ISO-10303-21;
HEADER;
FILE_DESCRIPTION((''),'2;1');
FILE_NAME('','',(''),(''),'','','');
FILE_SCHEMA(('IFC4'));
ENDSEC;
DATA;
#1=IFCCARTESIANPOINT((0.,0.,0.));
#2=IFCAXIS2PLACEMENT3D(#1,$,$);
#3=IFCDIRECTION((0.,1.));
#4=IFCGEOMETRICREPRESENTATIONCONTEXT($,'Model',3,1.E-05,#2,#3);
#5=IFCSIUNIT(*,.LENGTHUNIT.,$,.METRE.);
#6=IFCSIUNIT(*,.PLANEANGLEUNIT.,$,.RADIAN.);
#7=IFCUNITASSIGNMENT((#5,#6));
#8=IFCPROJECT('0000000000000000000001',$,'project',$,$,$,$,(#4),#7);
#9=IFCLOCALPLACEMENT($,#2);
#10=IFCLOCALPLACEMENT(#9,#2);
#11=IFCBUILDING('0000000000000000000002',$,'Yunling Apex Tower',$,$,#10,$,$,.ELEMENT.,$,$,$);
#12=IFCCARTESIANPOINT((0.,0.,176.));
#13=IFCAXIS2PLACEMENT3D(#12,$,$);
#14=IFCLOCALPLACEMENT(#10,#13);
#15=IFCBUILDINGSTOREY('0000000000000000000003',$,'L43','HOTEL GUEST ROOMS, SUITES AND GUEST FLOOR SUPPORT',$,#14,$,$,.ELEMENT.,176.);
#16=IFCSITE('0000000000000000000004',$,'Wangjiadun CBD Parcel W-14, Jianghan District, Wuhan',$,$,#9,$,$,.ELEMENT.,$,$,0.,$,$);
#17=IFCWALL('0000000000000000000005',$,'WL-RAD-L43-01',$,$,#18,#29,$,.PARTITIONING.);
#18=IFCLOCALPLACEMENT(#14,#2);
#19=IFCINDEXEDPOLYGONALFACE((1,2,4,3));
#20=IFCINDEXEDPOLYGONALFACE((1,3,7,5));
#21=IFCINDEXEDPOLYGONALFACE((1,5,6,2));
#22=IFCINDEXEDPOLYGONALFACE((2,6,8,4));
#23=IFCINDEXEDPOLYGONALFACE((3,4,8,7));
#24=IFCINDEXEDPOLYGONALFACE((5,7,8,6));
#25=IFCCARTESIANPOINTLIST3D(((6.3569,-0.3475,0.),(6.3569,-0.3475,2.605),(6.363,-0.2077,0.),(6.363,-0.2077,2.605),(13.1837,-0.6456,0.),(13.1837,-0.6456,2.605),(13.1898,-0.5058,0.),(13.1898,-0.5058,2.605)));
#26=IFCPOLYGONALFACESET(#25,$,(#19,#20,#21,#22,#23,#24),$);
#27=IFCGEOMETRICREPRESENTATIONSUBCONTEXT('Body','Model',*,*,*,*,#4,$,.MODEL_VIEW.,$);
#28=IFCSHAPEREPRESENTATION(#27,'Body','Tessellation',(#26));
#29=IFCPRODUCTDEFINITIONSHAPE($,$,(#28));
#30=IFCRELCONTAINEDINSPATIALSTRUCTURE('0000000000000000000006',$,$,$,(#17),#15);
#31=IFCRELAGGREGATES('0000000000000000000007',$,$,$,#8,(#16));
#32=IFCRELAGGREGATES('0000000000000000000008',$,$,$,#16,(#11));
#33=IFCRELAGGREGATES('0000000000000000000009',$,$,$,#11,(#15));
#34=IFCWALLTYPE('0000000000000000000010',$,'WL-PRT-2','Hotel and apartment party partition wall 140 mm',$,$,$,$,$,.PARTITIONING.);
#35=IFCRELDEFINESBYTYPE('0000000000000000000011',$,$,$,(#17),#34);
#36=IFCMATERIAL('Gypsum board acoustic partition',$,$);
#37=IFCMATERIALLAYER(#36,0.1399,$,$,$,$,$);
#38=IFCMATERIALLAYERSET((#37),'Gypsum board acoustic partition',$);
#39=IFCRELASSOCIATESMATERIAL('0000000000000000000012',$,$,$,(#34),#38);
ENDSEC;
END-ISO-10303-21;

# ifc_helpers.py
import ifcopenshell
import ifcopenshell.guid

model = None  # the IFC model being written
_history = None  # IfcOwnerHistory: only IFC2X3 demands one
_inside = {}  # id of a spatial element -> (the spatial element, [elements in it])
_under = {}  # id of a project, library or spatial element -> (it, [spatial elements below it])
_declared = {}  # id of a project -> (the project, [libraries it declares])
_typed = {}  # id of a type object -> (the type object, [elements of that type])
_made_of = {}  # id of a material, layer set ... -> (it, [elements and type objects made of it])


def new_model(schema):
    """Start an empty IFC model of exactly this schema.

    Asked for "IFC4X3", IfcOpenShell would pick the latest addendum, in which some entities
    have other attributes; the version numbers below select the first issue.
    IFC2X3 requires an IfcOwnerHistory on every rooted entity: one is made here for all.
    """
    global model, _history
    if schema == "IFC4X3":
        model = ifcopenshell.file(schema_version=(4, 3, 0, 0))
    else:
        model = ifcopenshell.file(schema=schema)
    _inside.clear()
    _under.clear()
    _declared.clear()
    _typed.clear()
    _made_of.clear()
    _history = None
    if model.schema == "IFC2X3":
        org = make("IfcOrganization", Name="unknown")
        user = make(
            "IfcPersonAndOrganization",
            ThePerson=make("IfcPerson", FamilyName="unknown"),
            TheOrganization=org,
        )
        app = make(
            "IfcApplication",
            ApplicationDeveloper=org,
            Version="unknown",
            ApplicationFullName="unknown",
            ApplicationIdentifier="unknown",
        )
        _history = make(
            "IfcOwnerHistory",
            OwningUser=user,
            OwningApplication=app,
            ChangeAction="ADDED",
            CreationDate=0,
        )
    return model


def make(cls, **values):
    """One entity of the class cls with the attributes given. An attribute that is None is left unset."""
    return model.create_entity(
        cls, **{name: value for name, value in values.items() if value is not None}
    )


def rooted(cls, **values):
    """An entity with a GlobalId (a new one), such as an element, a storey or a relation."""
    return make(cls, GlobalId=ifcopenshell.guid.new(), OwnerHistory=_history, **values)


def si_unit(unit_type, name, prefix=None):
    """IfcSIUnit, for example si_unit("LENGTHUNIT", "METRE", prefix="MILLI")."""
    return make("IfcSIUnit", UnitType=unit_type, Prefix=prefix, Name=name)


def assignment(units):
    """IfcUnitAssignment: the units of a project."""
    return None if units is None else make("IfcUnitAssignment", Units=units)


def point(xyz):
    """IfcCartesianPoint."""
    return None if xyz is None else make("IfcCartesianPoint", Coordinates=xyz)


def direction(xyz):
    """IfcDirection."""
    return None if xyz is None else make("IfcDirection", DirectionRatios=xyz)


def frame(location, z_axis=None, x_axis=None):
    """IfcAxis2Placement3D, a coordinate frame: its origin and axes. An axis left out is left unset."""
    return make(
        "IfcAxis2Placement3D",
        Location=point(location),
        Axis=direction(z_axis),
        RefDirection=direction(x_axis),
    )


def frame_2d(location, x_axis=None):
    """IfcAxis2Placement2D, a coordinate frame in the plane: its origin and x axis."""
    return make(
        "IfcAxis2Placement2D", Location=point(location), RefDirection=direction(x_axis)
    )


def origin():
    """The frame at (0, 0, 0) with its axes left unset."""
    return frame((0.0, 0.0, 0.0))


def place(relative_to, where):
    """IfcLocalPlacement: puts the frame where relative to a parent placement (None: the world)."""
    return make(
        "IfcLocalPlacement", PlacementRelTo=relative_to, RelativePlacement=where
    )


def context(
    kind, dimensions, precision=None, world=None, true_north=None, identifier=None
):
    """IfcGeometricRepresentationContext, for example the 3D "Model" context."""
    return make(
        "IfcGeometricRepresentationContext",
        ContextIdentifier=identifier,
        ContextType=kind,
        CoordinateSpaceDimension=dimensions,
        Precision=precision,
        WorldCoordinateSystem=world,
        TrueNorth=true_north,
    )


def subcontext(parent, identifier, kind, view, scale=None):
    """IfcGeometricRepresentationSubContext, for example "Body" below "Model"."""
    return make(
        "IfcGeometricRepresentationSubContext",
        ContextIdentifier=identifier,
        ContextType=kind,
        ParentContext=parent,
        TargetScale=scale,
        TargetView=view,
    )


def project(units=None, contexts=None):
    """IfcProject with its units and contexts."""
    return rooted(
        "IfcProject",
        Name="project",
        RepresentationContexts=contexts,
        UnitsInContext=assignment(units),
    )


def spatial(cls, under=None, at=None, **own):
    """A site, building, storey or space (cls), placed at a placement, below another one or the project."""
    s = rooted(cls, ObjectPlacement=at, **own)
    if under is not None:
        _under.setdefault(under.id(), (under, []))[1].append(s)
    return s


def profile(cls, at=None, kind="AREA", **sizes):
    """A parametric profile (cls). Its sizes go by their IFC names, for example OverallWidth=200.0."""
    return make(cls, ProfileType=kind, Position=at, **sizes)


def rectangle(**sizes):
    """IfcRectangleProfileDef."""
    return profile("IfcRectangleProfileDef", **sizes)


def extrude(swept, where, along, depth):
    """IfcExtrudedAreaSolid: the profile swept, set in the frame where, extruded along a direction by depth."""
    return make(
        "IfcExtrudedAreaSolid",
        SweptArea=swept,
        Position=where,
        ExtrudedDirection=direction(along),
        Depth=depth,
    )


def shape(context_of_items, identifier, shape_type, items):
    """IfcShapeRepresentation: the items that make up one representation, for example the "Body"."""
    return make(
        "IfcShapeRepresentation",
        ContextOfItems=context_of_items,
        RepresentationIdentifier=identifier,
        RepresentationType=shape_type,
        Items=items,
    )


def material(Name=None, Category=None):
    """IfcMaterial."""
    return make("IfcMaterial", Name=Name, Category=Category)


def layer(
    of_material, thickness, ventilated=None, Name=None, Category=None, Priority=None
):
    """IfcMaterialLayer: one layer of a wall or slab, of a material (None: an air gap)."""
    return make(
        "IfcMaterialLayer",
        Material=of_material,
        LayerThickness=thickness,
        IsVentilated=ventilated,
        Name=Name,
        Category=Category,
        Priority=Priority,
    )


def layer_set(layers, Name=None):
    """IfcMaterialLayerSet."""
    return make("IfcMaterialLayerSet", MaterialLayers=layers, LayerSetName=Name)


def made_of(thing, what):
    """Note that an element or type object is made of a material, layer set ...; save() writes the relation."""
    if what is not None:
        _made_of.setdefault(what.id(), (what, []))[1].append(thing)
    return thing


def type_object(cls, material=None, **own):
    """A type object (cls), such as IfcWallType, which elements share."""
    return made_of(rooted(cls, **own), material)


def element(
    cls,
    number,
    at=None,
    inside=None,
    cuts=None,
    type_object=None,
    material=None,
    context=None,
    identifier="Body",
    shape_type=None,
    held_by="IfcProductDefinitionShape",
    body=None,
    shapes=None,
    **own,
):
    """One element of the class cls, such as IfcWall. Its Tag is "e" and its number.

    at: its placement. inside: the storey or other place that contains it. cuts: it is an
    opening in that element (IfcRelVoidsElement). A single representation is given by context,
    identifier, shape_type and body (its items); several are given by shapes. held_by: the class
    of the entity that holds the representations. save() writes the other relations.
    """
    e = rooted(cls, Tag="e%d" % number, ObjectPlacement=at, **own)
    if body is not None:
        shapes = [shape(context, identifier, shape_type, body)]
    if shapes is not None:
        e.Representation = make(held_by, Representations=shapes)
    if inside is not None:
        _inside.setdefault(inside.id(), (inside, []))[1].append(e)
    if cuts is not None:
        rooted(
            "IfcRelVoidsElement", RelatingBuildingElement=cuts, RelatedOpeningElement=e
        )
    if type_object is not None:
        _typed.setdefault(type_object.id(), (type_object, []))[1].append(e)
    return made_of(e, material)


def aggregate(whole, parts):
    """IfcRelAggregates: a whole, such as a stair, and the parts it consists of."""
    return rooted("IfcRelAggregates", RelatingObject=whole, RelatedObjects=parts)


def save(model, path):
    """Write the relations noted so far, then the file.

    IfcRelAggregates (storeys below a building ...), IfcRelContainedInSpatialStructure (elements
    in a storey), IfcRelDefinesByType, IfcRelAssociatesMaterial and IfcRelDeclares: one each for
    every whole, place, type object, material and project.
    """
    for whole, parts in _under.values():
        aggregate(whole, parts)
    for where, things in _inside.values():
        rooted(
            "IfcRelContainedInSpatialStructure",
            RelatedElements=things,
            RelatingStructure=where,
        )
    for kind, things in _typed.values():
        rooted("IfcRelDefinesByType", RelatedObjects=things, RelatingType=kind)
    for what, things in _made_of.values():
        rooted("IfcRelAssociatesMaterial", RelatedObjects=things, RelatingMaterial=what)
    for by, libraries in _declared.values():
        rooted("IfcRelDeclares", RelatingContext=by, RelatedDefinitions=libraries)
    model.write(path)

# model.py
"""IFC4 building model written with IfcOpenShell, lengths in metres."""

from ifc_helpers import new_model, si_unit, direction, frame, frame_2d, origin, place, context, subcontext, project, spatial, rectangle, extrude, material, layer, layer_set, type_object, element, save


model = new_model("IFC4")

# Units and contexts
model_context = context("Model", 3, precision=1e-05, world=origin(), true_north=direction((0.0, 1.0)))
body_context = subcontext(model_context, "Body", "Model", "MODEL_VIEW")
ifc_project = project(units=[si_unit("LENGTHUNIT", "METRE"), si_unit("PLANEANGLEUNIT", "RADIAN")], contexts=[model_context])

# Site, building, storey
site_placement = place(None, origin())
site = spatial("IfcSite", under=ifc_project, at=site_placement, Name="Wangjiadun CBD Parcel W-14, Jianghan District, Wuhan", CompositionType="ELEMENT", RefElevation=0.0)
building_placement = place(site_placement, origin())
building = spatial("IfcBuilding", under=site, at=building_placement, Name="Yunling Apex Tower", CompositionType="ELEMENT")
storey_placement = place(building_placement, frame((0.0, 0.0, 176.0)))
storey = spatial("IfcBuildingStorey", under=building, at=storey_placement, Name="L43", Description="HOTEL GUEST ROOMS, SUITES AND GUEST FLOOR SUPPORT", CompositionType="ELEMENT", Elevation=176.0)

# Wall
ifc_material_1 = material(Name="Gypsum board acoustic partition")
ifc_layer_1 = layer(ifc_material_1, 0.1399)
ifc_layer_set_1 = layer_set([ifc_layer_1], Name="Gypsum board acoustic partition")
wall_type_1 = type_object("IfcWallType", Name="WL-PRT-2", Description="Hotel and apartment party partition wall 140 mm", PredefinedType="PARTITIONING", material=ifc_layer_set_1)
wall_1_placement = place(storey_placement, frame((6.3601, -0.2776, 0.0), z_axis=(0.0, 0.0, 1.0), x_axis=(0.999048, -0.043625, 0.0)))
element("IfcWall", 1, at=wall_1_placement, inside=storey, type_object=wall_type_1, Name="WL-RAD-L43-01", PredefinedType="PARTITIONING", context=body_context, shape_type="SweptSolid", body=[
    extrude(rectangle(XDim=6.8333, YDim=0.1399, at=frame_2d((3.4165, 0.0))), origin(), (0.0, 0.0, 1.0), 2.605),
])

save(model, "model.ifc")
